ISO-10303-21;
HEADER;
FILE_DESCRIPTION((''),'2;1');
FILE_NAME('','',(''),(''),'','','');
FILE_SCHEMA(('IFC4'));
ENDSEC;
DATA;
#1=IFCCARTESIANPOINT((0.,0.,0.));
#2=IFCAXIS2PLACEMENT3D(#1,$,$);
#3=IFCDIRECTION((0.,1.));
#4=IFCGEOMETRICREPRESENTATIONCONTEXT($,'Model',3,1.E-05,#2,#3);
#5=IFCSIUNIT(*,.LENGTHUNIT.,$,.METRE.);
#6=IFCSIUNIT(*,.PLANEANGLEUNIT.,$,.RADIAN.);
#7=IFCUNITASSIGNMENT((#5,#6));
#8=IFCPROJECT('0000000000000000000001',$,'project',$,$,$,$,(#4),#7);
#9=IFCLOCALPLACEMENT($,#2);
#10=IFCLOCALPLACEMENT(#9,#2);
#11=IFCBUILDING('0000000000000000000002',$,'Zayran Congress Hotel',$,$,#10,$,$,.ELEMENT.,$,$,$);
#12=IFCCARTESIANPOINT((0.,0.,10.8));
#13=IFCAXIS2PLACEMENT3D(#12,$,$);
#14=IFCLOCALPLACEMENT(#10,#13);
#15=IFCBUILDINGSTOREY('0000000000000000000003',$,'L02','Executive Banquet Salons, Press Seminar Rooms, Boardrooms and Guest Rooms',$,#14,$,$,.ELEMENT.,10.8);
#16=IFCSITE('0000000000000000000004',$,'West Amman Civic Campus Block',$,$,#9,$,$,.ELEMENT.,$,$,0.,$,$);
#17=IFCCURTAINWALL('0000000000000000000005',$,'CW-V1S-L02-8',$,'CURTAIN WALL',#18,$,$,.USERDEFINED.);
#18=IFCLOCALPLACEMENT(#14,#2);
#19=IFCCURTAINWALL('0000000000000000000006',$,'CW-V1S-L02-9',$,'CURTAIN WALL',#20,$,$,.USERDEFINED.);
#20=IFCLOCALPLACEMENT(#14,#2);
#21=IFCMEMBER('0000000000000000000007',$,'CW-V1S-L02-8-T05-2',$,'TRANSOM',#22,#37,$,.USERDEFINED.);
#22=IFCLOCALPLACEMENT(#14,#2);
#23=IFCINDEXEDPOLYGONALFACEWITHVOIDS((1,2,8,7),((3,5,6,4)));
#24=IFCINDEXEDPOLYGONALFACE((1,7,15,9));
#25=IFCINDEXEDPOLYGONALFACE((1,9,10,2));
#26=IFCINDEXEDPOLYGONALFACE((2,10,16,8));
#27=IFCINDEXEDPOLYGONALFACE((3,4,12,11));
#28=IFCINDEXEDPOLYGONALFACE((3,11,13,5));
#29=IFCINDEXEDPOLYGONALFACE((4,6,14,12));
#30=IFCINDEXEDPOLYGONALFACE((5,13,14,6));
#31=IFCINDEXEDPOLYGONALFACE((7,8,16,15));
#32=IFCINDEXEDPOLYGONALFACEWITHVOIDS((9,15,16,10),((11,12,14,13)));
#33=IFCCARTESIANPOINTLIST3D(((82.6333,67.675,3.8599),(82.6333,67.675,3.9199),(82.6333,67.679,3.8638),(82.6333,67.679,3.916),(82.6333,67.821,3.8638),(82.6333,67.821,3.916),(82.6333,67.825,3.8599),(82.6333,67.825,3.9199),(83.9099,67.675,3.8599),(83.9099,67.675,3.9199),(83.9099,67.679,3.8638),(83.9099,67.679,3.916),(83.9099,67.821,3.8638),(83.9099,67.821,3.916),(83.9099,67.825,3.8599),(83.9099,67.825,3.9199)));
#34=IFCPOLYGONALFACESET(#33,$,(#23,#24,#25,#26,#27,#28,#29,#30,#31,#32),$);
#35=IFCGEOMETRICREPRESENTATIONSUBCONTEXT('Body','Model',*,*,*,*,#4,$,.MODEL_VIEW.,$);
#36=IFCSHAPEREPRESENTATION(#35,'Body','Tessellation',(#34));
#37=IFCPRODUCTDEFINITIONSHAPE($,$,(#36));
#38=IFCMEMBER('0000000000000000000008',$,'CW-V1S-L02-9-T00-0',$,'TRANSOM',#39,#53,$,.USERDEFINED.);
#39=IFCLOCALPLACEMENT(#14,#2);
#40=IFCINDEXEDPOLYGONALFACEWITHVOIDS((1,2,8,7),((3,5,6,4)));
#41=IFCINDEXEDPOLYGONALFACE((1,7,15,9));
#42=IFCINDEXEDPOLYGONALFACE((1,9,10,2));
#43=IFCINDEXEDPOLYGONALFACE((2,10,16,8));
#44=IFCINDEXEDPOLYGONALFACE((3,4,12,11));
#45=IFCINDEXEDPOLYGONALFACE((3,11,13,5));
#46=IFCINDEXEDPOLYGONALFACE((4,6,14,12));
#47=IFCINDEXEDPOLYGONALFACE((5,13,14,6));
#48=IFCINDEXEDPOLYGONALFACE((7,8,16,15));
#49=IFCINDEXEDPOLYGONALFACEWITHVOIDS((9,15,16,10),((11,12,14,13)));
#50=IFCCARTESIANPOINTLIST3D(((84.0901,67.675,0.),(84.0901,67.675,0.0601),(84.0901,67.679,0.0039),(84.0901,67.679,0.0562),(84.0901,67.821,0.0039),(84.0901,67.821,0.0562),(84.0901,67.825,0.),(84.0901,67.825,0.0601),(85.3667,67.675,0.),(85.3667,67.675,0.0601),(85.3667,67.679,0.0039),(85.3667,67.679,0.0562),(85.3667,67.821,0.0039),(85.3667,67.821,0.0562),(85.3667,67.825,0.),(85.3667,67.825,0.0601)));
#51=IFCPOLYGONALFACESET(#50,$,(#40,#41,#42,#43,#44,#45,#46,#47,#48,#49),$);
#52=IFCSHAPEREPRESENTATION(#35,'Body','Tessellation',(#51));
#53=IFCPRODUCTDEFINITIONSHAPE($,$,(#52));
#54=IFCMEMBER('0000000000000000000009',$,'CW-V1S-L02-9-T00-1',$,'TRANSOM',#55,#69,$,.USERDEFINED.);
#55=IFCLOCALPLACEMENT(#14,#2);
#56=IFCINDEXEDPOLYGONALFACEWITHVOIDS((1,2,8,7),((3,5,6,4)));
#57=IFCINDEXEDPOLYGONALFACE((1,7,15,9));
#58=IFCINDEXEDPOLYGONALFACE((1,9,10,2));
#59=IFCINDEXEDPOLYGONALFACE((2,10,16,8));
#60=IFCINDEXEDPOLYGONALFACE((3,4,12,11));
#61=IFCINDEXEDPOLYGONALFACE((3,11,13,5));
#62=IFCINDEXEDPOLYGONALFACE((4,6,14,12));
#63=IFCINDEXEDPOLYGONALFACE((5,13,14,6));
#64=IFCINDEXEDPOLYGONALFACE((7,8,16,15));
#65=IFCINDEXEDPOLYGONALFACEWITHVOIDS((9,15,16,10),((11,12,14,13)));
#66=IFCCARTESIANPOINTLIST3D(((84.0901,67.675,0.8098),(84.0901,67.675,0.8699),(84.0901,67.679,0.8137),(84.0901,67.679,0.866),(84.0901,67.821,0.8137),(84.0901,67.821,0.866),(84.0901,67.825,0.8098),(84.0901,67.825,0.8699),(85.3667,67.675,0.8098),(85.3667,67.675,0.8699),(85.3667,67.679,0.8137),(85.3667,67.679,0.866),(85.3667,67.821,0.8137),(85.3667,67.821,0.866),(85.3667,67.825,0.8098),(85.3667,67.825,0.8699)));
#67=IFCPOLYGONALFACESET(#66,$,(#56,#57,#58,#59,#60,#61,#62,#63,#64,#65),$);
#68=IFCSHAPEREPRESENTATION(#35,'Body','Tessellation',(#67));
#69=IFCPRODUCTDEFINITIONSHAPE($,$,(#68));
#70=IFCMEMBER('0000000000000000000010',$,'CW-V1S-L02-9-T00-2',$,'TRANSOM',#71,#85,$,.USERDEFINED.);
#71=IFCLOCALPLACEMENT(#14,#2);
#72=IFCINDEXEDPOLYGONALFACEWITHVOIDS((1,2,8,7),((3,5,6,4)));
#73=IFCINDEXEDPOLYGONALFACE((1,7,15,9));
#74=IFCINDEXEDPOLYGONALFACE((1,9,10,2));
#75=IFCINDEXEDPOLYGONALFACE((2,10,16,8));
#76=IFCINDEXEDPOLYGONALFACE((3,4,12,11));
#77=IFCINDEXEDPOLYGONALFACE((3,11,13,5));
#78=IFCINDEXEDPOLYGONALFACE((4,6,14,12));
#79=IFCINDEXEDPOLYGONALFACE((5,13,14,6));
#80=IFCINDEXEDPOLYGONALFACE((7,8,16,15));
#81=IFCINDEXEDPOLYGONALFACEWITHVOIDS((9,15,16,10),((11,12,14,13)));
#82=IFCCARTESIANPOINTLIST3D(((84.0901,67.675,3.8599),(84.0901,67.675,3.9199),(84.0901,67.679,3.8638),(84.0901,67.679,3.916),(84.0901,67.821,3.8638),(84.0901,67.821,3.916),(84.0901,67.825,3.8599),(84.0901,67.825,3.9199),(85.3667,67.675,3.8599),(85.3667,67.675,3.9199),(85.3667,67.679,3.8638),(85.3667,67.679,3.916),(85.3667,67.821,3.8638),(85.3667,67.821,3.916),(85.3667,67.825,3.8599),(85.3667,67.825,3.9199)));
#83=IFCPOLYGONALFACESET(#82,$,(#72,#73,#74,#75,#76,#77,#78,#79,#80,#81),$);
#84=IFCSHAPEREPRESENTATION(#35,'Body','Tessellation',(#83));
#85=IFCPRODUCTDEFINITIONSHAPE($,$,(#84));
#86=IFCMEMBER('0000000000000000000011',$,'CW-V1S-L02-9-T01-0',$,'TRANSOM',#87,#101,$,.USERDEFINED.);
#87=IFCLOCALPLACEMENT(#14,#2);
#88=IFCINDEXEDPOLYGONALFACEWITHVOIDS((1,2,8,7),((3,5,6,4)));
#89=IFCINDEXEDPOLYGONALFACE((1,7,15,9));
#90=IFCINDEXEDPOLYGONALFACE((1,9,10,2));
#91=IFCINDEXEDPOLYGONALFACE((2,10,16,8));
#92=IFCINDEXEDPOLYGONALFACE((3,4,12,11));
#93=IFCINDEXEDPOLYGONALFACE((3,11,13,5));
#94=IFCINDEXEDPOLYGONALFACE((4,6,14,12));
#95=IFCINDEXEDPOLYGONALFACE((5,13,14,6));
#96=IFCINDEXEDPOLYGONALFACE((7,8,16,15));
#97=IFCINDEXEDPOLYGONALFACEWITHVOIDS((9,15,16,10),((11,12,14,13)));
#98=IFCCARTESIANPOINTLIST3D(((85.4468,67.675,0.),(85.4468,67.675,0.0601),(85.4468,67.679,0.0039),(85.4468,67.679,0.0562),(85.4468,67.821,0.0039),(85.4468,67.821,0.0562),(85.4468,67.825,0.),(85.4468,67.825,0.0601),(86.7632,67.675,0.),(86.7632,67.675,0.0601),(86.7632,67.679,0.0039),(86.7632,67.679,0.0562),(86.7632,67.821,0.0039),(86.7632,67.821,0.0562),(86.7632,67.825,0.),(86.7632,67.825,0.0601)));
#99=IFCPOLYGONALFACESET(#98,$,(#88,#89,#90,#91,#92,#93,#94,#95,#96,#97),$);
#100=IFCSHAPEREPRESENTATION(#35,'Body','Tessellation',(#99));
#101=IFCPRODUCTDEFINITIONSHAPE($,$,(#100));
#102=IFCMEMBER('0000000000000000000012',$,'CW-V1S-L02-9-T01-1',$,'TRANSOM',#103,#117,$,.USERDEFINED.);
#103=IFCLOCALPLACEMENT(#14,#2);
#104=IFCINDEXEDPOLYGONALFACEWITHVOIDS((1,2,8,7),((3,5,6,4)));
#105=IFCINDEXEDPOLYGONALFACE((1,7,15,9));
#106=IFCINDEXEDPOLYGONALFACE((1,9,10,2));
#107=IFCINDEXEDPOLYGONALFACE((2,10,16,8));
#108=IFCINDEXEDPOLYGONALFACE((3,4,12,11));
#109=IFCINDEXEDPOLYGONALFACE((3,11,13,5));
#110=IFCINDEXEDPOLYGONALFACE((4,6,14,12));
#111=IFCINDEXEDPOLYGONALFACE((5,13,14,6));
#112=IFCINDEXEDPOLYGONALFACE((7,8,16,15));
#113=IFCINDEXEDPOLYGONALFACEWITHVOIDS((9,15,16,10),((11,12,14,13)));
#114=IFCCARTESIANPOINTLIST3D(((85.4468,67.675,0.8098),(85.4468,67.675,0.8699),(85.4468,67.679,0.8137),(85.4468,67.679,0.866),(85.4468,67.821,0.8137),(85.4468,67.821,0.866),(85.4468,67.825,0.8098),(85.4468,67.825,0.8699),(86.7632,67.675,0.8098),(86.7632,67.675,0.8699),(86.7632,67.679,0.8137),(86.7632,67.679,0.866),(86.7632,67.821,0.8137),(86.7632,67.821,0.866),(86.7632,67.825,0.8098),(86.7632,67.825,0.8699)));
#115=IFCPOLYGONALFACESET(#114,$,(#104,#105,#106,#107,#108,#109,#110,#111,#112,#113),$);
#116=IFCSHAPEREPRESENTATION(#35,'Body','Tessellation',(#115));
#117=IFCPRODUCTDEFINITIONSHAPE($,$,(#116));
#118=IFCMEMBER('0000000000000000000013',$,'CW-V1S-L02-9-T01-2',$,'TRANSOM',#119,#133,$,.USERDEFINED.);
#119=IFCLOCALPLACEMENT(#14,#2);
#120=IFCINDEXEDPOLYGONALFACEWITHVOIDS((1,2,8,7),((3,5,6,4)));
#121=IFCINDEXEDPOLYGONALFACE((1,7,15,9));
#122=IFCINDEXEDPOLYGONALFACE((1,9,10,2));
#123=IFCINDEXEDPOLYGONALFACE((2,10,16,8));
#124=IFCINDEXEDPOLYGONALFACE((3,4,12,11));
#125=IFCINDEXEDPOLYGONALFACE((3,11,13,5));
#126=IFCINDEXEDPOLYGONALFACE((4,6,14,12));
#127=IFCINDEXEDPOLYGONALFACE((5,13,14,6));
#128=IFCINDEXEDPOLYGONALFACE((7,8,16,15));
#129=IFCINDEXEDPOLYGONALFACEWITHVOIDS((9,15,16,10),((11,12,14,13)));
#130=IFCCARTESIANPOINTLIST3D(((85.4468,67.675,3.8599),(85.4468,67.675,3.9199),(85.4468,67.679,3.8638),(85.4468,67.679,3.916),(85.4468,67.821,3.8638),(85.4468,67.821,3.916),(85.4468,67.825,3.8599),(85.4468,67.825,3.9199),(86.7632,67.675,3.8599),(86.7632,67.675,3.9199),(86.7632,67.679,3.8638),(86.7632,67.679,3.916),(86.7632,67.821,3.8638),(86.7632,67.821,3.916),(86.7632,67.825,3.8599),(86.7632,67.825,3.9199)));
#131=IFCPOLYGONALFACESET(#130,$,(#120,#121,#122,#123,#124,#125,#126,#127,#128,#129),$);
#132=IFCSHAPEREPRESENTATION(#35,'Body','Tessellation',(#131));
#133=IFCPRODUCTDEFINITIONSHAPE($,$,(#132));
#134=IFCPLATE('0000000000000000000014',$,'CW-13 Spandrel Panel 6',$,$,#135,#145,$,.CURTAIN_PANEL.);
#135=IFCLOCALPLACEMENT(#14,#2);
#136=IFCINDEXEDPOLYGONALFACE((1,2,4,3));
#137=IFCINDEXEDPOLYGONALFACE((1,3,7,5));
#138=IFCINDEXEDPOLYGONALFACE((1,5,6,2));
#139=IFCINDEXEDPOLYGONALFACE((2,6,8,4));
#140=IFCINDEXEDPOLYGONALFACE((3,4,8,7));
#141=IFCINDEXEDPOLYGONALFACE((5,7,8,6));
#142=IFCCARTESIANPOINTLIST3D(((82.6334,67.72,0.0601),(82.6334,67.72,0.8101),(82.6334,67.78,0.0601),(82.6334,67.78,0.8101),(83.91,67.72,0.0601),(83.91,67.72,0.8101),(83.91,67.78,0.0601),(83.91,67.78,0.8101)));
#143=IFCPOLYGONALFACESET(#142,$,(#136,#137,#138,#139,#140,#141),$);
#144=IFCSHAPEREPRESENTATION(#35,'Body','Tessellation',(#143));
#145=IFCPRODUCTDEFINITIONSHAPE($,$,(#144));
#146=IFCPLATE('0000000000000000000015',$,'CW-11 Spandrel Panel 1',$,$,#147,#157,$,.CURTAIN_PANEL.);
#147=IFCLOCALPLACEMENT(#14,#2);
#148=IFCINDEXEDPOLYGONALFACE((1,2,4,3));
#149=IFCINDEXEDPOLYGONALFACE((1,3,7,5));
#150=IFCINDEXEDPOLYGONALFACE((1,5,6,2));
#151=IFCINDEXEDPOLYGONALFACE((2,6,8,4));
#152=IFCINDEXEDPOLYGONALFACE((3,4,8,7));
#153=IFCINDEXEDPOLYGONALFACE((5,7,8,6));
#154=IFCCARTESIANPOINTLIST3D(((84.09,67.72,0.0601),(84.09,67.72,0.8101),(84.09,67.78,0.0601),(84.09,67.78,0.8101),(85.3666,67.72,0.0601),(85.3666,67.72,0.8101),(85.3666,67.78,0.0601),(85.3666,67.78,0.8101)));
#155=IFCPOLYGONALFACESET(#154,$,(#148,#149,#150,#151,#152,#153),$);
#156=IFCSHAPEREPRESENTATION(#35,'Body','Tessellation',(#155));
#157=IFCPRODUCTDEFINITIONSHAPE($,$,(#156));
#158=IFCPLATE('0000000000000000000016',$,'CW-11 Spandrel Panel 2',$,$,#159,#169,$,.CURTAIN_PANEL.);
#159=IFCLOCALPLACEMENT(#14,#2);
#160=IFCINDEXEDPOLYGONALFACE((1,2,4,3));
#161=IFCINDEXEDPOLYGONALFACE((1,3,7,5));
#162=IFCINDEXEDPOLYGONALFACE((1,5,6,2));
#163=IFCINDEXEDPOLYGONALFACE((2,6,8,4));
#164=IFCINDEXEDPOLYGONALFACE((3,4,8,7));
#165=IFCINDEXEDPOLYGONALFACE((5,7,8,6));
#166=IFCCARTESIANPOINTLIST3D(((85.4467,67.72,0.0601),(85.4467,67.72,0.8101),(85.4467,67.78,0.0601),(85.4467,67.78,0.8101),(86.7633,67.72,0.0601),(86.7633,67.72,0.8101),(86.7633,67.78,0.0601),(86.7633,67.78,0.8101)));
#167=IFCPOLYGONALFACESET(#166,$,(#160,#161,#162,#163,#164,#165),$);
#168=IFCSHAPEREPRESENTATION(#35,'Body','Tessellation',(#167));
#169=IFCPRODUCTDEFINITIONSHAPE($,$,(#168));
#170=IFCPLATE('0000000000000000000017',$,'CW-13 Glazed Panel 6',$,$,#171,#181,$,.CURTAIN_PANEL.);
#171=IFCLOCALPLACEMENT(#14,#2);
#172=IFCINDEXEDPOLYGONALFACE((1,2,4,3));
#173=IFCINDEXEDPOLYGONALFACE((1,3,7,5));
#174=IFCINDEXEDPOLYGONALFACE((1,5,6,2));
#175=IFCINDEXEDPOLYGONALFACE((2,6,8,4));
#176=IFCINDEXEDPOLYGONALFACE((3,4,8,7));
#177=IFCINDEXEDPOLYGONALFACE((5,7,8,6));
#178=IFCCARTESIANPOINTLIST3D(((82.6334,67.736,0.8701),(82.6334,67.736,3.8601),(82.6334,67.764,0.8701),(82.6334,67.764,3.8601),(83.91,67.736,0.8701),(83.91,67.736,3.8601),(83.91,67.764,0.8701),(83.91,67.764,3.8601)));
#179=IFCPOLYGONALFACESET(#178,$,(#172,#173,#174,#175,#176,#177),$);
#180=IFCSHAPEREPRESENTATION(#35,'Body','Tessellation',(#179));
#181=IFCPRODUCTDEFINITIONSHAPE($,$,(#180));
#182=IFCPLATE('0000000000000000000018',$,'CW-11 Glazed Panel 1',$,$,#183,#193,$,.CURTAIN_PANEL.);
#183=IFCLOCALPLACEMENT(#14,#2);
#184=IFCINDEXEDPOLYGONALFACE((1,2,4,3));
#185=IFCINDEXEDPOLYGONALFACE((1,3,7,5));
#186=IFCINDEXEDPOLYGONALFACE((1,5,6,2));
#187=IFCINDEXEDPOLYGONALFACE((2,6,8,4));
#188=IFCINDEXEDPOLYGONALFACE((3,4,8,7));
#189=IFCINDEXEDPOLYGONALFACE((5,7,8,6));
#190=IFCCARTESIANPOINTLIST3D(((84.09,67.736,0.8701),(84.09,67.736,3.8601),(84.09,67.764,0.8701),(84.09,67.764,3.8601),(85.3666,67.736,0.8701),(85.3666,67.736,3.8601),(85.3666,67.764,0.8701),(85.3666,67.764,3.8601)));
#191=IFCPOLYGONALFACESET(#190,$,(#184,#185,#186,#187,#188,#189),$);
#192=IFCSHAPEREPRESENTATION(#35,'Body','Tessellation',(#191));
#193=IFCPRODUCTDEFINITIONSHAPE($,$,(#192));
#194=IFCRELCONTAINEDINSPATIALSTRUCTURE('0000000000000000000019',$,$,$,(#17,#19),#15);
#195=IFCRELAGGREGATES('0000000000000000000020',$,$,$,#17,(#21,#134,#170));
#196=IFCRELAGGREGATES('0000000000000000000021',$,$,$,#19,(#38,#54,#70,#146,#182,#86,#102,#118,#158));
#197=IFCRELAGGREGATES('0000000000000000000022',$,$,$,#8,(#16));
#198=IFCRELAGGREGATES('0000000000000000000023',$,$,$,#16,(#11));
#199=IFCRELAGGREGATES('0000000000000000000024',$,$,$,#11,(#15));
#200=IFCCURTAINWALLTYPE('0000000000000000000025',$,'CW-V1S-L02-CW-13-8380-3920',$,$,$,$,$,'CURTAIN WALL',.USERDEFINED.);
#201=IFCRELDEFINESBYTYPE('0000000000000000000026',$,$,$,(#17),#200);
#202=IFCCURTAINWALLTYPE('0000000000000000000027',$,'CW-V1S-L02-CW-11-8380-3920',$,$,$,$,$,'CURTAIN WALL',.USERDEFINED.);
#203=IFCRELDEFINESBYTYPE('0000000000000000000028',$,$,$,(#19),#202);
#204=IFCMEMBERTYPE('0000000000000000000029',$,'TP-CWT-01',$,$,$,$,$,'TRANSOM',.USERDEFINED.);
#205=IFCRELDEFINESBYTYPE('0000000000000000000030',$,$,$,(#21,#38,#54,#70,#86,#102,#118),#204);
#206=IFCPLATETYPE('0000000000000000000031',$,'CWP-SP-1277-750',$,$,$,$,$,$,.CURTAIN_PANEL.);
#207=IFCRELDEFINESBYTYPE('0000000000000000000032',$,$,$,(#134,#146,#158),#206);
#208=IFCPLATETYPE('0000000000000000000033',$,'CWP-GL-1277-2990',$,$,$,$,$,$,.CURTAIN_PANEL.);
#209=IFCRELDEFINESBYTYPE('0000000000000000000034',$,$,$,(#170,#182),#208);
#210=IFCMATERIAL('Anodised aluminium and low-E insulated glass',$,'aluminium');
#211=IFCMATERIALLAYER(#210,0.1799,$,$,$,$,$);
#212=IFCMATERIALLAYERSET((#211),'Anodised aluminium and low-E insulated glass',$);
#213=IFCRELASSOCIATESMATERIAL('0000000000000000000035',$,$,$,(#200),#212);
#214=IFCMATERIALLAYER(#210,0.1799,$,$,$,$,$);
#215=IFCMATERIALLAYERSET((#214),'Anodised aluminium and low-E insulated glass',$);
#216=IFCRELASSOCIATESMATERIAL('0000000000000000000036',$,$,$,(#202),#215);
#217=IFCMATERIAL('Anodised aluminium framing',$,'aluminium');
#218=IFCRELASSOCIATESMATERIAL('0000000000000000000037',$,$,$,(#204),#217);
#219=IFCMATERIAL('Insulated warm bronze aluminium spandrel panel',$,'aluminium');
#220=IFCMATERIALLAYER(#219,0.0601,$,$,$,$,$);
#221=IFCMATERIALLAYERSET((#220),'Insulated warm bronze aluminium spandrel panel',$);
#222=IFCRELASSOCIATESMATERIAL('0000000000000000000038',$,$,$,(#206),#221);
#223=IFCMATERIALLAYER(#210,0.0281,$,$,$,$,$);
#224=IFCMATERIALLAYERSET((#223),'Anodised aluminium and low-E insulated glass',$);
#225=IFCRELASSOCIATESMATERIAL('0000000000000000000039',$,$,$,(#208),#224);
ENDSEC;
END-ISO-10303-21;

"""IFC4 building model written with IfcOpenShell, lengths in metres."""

from ifc_helpers import new_model, si_unit, direction, frame, origin, origin_2d, place, context, subcontext, project, spatial, rectangle, hollow_rectangle, extrude, material, layer, layer_set, material_profile, profile_set, type_object, element, aggregate, save


model = new_model("IFC4")

# Units and contexts
model_context = context("Model", 3, precision=1e-05, world=origin(), true_north=direction((0.0, 1.0)))
body_context = subcontext(model_context, "Body", "Model", "MODEL_VIEW")
ifc_project = project(units=[si_unit("LENGTHUNIT", "METRE"), si_unit("PLANEANGLEUNIT", "RADIAN")], contexts=[model_context])

# Site, building, storey
site_placement = place(None, origin())
site = spatial("IfcSite", under=ifc_project, at=site_placement, Name="West Amman Civic Campus Block", CompositionType="ELEMENT", RefElevation=0.0)
building_placement = place(site_placement, origin())
building = spatial("IfcBuilding", under=site, at=building_placement, Name="Zayran Congress Hotel", CompositionType="ELEMENT")
storey_placement = place(building_placement, frame((0.0, 0.0, 10.8)))
storey = spatial("IfcBuildingStorey", under=building, at=storey_placement, Name="L02", Description="Executive Banquet Salons, Press Seminar Rooms, Boardrooms and Guest Rooms", CompositionType="ELEMENT", Elevation=10.8)

# Curtain wall
ifc_material_1 = material(Name="Anodised aluminium and low-E insulated glass", Category="aluminium")
ifc_layer_1 = layer(ifc_material_1, 0.1799)
ifc_layer_set_1 = layer_set([ifc_layer_1], Name="Anodised aluminium and low-E insulated glass")
curtain_wall_type_1 = type_object("IfcCurtainWallType", Name="CW-V1S-L02-CW-13-8380-3920", ElementType="CURTAIN WALL", PredefinedType="USERDEFINED", material=ifc_layer_set_1)
curtain_wall_1_placement = place(storey_placement, origin())
curtain_wall_1 = element("IfcCurtainWall", 1, at=curtain_wall_1_placement, inside=storey, type_object=curtain_wall_type_1, Name="CW-V1S-L02-8", ObjectType="CURTAIN WALL", PredefinedType="USERDEFINED")
ifc_material_2 = material(Name="Anodised aluminium framing", Category="aluminium")

# Curtain wall
ifc_layer_2 = layer(ifc_material_1, 0.1799)
ifc_layer_set_2 = layer_set([ifc_layer_2], Name="Anodised aluminium and low-E insulated glass")
curtain_wall_type_2 = type_object("IfcCurtainWallType", Name="CW-V1S-L02-CW-11-8380-3920", ElementType="CURTAIN WALL", PredefinedType="USERDEFINED", material=ifc_layer_set_2)
curtain_wall_2_placement = place(storey_placement, origin())
curtain_wall_2 = element("IfcCurtainWall", 2, at=curtain_wall_2_placement, inside=storey, type_object=curtain_wall_type_2, Name="CW-V1S-L02-9", ObjectType="CURTAIN WALL", PredefinedType="USERDEFINED")

# Members
ifc_material_profile_1 = material_profile(ifc_material_2, hollow_rectangle(XDim=0.0601, YDim=0.1499, WallThickness=0.0039, at=origin_2d()), Name="RHS 150x60x4")
ifc_profile_set_1 = profile_set([ifc_material_profile_1], Name="Anodised aluminium framing")
member_type_1 = type_object("IfcMemberType", Name="TP-CWT-01", ElementType="TRANSOM", PredefinedType="USERDEFINED", material=ifc_profile_set_1)
member_1_placement = place(storey_placement, frame((82.6333, 67.75, 3.8899), z_axis=(1.0, 0.0, 0.0), x_axis=(0.0, 0.0, 1.0)))
member_1 = element("IfcMember", 3, at=member_1_placement, type_object=member_type_1, Name="CW-V1S-L02-8-T05-2", ObjectType="TRANSOM", PredefinedType="USERDEFINED", context=body_context, shape_type="SweptSolid", body=[
    extrude(hollow_rectangle(XDim=0.0601, YDim=0.1499, WallThickness=0.0039, at=origin_2d()), origin(), (0.0, 0.0, 1.0), 1.2766),
])
member_2_placement = place(storey_placement, frame((84.0901, 67.75, 0.03), z_axis=(1.0, 0.0, 0.0), x_axis=(0.0, 0.0, 1.0)))
member_2 = element("IfcMember", 4, at=member_2_placement, type_object=member_type_1, Name="CW-V1S-L02-9-T00-0", ObjectType="TRANSOM", PredefinedType="USERDEFINED", context=body_context, shape_type="SweptSolid", body=[
    extrude(hollow_rectangle(XDim=0.0601, YDim=0.1499, WallThickness=0.0039, at=origin_2d()), origin(), (0.0, 0.0, 1.0), 1.2766),
])
member_3_placement = place(storey_placement, frame((84.0901, 67.75, 0.8398), z_axis=(1.0, 0.0, 0.0), x_axis=(0.0, 0.0, 1.0)))
member_3 = element("IfcMember", 5, at=member_3_placement, type_object=member_type_1, Name="CW-V1S-L02-9-T00-1", ObjectType="TRANSOM", PredefinedType="USERDEFINED", context=body_context, shape_type="SweptSolid", body=[
    extrude(hollow_rectangle(XDim=0.0601, YDim=0.1499, WallThickness=0.0039, at=origin_2d()), origin(), (0.0, 0.0, 1.0), 1.2766),
])
member_4_placement = place(storey_placement, frame((84.0901, 67.75, 3.8899), z_axis=(1.0, 0.0, 0.0), x_axis=(0.0, 0.0, 1.0)))
member_4 = element("IfcMember", 6, at=member_4_placement, type_object=member_type_1, Name="CW-V1S-L02-9-T00-2", ObjectType="TRANSOM", PredefinedType="USERDEFINED", context=body_context, shape_type="SweptSolid", body=[
    extrude(hollow_rectangle(XDim=0.0601, YDim=0.1499, WallThickness=0.0039, at=origin_2d()), origin(), (0.0, 0.0, 1.0), 1.2766),
])
member_5_placement = place(storey_placement, frame((85.4468, 67.75, 0.03), z_axis=(1.0, 0.0, 0.0), x_axis=(0.0, 0.0, 1.0)))
member_5 = element("IfcMember", 7, at=member_5_placement, type_object=member_type_1, Name="CW-V1S-L02-9-T01-0", ObjectType="TRANSOM", PredefinedType="USERDEFINED", context=body_context, shape_type="SweptSolid", body=[
    extrude(hollow_rectangle(XDim=0.0601, YDim=0.1499, WallThickness=0.0039, at=origin_2d()), origin(), (0.0, 0.0, 1.0), 1.3164),
])
member_6_placement = place(storey_placement, frame((85.4468, 67.75, 0.8398), z_axis=(1.0, 0.0, 0.0), x_axis=(0.0, 0.0, 1.0)))
member_6 = element("IfcMember", 8, at=member_6_placement, type_object=member_type_1, Name="CW-V1S-L02-9-T01-1", ObjectType="TRANSOM", PredefinedType="USERDEFINED", context=body_context, shape_type="SweptSolid", body=[
    extrude(hollow_rectangle(XDim=0.0601, YDim=0.1499, WallThickness=0.0039, at=origin_2d()), origin(), (0.0, 0.0, 1.0), 1.3164),
])
member_7_placement = place(storey_placement, frame((85.4468, 67.75, 3.8899), z_axis=(1.0, 0.0, 0.0), x_axis=(0.0, 0.0, 1.0)))
member_7 = element("IfcMember", 9, at=member_7_placement, type_object=member_type_1, Name="CW-V1S-L02-9-T01-2", ObjectType="TRANSOM", PredefinedType="USERDEFINED", context=body_context, shape_type="SweptSolid", body=[
    extrude(hollow_rectangle(XDim=0.0601, YDim=0.1499, WallThickness=0.0039, at=origin_2d()), origin(), (0.0, 0.0, 1.0), 1.3164),
])

# Plates
ifc_material_3 = material(Name="Insulated warm bronze aluminium spandrel panel", Category="aluminium")
ifc_layer_3 = layer(ifc_material_3, 0.0601)
ifc_layer_set_3 = layer_set([ifc_layer_3], Name="Insulated warm bronze aluminium spandrel panel")
plate_type_1 = type_object("IfcPlateType", Name="CWP-SP-1277-750", PredefinedType="CURTAIN_PANEL", material=ifc_layer_set_3)
plate_1_placement = place(storey_placement, frame((83.2717, 67.75, 0.0601), z_axis=(0.0, 0.0, 1.0), x_axis=(1.0, 0.0, 0.0)))
plate_1 = element("IfcPlate", 10, at=plate_1_placement, type_object=plate_type_1, Name="CW-13 Spandrel Panel 6", PredefinedType="CURTAIN_PANEL", context=body_context, shape_type="SweptSolid", body=[
    extrude(rectangle(XDim=1.2766, YDim=0.0601, at=origin_2d()), origin(), (0.0, 0.0, 1.0), 0.75),
])
plate_2_placement = place(storey_placement, frame((84.7283, 67.75, 0.0601), z_axis=(0.0, 0.0, 1.0), x_axis=(1.0, 0.0, 0.0)))
plate_2 = element("IfcPlate", 11, at=plate_2_placement, type_object=plate_type_1, Name="CW-11 Spandrel Panel 1", PredefinedType="CURTAIN_PANEL", context=body_context, shape_type="SweptSolid", body=[
    extrude(rectangle(XDim=1.2766, YDim=0.0601, at=origin_2d()), origin(), (0.0, 0.0, 1.0), 0.75),
])
plate_3_placement = place(storey_placement, frame((86.105, 67.75, 0.0601), z_axis=(0.0, 0.0, 1.0), x_axis=(1.0, 0.0, 0.0)))
plate_3 = element("IfcPlate", 12, at=plate_3_placement, type_object=plate_type_1, Name="CW-11 Spandrel Panel 2", PredefinedType="CURTAIN_PANEL", context=body_context, shape_type="SweptSolid", body=[
    extrude(rectangle(XDim=1.3167, YDim=0.0601, at=origin_2d()), origin(), (0.0, 0.0, 1.0), 0.75),
])
ifc_layer_4 = layer(ifc_material_1, 0.0281)
ifc_layer_set_4 = layer_set([ifc_layer_4], Name="Anodised aluminium and low-E insulated glass")
plate_type_2 = type_object("IfcPlateType", Name="CWP-GL-1277-2990", PredefinedType="CURTAIN_PANEL", material=ifc_layer_set_4)
plate_4_placement = place(storey_placement, frame((83.2717, 67.75, 0.8701), z_axis=(0.0, 0.0, 1.0), x_axis=(1.0, 0.0, 0.0)))
plate_4 = element("IfcPlate", 13, at=plate_4_placement, type_object=plate_type_2, Name="CW-13 Glazed Panel 6", PredefinedType="CURTAIN_PANEL", context=body_context, shape_type="SweptSolid", body=[
    extrude(rectangle(XDim=1.2766, YDim=0.0281, at=origin_2d()), origin(), (0.0, 0.0, 1.0), 2.99),
])
aggregate(curtain_wall_1, [member_1, plate_1, plate_4])
plate_5_placement = place(storey_placement, frame((84.7283, 67.75, 0.8701), z_axis=(0.0, 0.0, 1.0), x_axis=(1.0, 0.0, 0.0)))
plate_5 = element("IfcPlate", 14, at=plate_5_placement, type_object=plate_type_2, Name="CW-11 Glazed Panel 1", PredefinedType="CURTAIN_PANEL", context=body_context, shape_type="SweptSolid", body=[
    extrude(rectangle(XDim=1.2766, YDim=0.0281, at=origin_2d()), origin(), (0.0, 0.0, 1.0), 2.99),
])
aggregate(curtain_wall_2, [member_2, member_3, member_4, plate_2, plate_5, member_5, member_6, member_7, plate_3])

save(model, "model.ifc")
